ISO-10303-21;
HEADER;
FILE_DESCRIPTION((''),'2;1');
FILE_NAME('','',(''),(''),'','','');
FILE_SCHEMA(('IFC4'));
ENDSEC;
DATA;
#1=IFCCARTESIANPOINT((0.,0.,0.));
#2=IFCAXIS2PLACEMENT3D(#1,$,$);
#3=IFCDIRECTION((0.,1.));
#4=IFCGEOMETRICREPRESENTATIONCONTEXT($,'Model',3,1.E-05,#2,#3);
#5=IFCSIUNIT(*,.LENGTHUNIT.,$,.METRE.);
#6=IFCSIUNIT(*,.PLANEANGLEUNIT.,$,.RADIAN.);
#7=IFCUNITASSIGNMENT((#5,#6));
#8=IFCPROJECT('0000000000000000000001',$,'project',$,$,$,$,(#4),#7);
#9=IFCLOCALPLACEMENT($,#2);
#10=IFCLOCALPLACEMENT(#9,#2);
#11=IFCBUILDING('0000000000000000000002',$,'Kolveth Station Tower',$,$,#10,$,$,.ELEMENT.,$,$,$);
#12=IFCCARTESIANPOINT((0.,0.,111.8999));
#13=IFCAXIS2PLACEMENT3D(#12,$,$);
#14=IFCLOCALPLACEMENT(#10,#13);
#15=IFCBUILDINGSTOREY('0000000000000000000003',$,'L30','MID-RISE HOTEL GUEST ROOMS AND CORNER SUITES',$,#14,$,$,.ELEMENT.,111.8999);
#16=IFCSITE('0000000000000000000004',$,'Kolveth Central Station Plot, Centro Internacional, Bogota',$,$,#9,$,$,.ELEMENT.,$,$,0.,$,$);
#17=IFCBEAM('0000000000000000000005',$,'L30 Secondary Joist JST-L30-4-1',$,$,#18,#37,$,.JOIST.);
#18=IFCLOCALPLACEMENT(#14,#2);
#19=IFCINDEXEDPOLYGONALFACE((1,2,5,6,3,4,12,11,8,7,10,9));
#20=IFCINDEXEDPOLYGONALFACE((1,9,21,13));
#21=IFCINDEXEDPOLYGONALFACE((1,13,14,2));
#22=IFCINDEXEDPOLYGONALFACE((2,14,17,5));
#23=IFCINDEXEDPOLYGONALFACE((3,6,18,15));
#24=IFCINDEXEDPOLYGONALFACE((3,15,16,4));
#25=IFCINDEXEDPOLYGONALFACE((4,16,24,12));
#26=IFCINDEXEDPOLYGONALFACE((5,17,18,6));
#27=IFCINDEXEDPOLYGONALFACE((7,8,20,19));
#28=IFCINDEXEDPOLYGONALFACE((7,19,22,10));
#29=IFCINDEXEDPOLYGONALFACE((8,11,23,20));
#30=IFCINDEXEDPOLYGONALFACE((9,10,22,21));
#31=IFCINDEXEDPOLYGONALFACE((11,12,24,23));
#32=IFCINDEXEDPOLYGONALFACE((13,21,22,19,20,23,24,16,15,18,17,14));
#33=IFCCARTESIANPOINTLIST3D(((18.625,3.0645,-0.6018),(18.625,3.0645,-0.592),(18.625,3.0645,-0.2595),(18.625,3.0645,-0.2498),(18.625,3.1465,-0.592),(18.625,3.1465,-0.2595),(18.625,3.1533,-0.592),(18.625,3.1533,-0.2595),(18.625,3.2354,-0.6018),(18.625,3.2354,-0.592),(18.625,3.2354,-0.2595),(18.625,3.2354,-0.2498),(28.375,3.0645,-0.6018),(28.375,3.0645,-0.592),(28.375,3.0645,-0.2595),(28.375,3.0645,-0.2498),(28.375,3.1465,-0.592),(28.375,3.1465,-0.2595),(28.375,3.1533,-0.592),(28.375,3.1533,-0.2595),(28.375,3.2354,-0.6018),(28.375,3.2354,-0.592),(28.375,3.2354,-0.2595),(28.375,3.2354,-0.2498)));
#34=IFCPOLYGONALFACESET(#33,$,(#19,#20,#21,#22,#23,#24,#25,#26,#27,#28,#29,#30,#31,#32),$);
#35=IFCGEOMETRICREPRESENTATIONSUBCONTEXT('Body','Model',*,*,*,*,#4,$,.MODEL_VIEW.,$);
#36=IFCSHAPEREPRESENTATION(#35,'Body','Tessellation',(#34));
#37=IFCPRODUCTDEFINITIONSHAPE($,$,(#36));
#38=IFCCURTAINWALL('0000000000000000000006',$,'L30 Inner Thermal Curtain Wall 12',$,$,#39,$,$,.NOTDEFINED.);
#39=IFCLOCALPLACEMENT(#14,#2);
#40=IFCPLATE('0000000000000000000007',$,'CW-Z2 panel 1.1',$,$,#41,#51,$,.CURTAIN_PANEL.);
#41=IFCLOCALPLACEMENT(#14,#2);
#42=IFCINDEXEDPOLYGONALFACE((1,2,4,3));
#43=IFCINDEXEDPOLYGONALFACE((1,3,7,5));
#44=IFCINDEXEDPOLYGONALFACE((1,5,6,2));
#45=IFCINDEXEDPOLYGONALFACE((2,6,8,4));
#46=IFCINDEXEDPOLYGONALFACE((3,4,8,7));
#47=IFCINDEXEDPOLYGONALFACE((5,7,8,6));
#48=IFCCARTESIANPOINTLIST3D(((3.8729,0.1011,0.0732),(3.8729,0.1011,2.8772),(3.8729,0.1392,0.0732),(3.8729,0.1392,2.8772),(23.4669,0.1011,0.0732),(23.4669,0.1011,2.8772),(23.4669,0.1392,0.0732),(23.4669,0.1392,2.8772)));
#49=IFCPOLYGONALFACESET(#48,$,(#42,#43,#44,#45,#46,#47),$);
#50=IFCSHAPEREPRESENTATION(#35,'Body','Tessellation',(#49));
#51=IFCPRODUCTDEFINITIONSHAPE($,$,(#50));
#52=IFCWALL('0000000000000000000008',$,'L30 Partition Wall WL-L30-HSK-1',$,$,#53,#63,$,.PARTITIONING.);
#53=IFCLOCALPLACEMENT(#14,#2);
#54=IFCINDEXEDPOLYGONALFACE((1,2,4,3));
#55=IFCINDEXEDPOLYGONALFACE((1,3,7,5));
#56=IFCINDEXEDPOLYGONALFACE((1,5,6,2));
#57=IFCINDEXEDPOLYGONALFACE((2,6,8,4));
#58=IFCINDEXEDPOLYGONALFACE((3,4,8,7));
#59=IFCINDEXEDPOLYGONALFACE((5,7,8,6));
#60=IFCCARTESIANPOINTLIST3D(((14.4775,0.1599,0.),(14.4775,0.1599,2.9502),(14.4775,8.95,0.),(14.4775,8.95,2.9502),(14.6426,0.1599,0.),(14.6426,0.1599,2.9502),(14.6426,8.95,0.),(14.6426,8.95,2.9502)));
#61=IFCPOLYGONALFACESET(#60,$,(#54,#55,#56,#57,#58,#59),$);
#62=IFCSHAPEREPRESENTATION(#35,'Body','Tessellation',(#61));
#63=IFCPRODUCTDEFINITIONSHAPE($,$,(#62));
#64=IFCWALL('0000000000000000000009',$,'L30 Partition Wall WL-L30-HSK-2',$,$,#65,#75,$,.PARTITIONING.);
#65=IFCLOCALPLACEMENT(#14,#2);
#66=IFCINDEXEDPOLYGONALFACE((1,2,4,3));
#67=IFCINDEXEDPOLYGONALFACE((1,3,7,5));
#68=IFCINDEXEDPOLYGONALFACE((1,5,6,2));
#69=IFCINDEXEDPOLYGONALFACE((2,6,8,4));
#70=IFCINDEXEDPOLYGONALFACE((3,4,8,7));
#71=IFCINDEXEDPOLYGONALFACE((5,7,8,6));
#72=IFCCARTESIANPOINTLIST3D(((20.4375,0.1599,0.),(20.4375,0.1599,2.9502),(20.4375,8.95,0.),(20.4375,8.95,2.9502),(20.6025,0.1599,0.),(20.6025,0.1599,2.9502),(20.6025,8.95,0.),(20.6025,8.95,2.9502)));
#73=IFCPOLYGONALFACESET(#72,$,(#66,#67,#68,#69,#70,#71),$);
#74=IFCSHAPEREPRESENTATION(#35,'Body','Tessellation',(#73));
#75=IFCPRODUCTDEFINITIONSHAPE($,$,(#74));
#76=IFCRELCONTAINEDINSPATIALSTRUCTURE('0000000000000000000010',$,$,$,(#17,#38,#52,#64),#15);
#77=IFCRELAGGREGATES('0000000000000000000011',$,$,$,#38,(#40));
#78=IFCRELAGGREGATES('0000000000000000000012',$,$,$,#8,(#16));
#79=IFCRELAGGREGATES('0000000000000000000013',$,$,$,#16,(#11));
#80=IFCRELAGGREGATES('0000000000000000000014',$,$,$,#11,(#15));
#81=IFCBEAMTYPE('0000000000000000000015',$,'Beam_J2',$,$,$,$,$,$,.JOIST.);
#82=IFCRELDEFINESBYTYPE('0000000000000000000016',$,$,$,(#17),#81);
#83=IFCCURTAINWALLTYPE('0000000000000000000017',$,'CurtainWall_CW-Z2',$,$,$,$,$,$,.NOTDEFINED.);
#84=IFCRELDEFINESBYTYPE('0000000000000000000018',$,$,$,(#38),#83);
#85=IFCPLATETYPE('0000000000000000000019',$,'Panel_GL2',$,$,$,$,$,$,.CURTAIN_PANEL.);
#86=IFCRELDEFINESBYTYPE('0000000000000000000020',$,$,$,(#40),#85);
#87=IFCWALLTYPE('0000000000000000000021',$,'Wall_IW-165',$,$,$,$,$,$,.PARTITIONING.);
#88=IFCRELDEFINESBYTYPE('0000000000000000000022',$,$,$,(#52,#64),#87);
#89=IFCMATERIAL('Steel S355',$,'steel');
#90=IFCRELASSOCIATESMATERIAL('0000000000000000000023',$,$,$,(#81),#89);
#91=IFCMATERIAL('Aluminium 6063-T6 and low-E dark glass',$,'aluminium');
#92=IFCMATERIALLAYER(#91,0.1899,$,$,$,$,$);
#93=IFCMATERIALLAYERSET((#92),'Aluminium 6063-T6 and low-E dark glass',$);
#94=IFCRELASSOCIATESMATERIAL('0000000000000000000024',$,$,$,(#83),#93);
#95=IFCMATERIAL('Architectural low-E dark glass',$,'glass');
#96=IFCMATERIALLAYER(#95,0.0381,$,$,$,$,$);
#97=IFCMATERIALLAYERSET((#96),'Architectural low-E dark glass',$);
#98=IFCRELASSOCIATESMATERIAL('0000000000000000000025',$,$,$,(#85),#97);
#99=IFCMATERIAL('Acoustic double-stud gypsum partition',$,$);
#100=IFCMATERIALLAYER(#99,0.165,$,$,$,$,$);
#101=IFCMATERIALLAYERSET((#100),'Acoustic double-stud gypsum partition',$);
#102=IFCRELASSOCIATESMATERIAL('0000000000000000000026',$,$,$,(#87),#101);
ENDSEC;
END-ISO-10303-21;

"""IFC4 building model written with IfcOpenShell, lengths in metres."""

from ifc_helpers import new_model, si_unit, direction, frame, frame_2d, origin, origin_2d, place, context, subcontext, project, spatial, rectangle, i_section, extrude, source, transform, mapped, material, layer, layer_set, material_profile, profile_set, type_object, element, aggregate, save


model = new_model("IFC4")

# Units and contexts
model_context = context("Model", 3, precision=1e-05, world=origin(), true_north=direction((0.0, 1.0)))
body_context = subcontext(model_context, "Body", "Model", "MODEL_VIEW")
ifc_project = project(units=[si_unit("LENGTHUNIT", "METRE"), si_unit("PLANEANGLEUNIT", "RADIAN")], contexts=[model_context])

# Site, building, storey
site_placement = place(None, origin())
site = spatial("IfcSite", under=ifc_project, at=site_placement, Name="Kolveth Central Station Plot, Centro Internacional, Bogota", CompositionType="ELEMENT", RefElevation=0.0)
building_placement = place(site_placement, origin())
building = spatial("IfcBuilding", under=site, at=building_placement, Name="Kolveth Station Tower", CompositionType="ELEMENT")
storey_placement = place(building_placement, frame((0.0, 0.0, 111.8999)))
storey = spatial("IfcBuildingStorey", under=building, at=storey_placement, Name="L30", Description="MID-RISE HOTEL GUEST ROOMS AND CORNER SUITES", CompositionType="ELEMENT", Elevation=111.8999)

# Beam
ifc_material_1 = material(Name="Steel S355", Category="steel")
ifc_material_profile_1 = material_profile(ifc_material_1, i_section(OverallWidth=0.1709, OverallDepth=0.3521, WebThickness=0.0068, FlangeThickness=0.0098, at=origin_2d()), Name="W360x44")
ifc_profile_set_1 = profile_set([ifc_material_profile_1], Name="Steel S355")
beam_type_1 = type_object("IfcBeamType", Name="Beam_J2", PredefinedType="JOIST", material=ifc_profile_set_1)
shared_shape_1 = source(origin(), body_context, "Body", "SweptSolid", [
    extrude(i_section(OverallWidth=0.1709, OverallDepth=0.3521, WebThickness=0.0068, FlangeThickness=0.0098, at=origin_2d()), origin(), (0.0, 0.0, 1.0), 9.75),
])
beam_1_placement = place(storey_placement, frame((18.625, 3.1499, -0.4258), z_axis=(1.0, 0.0, 0.0), x_axis=(0.0, 1.0, 0.0)))
element("IfcBeam", 1, at=beam_1_placement, inside=storey, type_object=beam_type_1, Name="L30 Secondary Joist JST-L30-4-1", PredefinedType="JOIST", context=body_context, shape_type="MappedRepresentation", body=[
    mapped(shared_shape_1, transform((0.0, 0.0, 0.0), x_axis=(1.0, 0.0, 0.0), y_axis=(0.0, 1.0, 0.0), z_axis=(0.0, 0.0, 1.0), scale=1.0)),
])

# Curtain wall, plate
ifc_material_2 = material(Name="Aluminium 6063-T6 and low-E dark glass", Category="aluminium")
ifc_layer_1 = layer(ifc_material_2, 0.1899)
ifc_layer_set_1 = layer_set([ifc_layer_1], Name="Aluminium 6063-T6 and low-E dark glass")
curtain_wall_type = type_object("IfcCurtainWallType", Name="CurtainWall_CW-Z2", PredefinedType="NOTDEFINED", material=ifc_layer_set_1)
curtain_wall_placement = place(storey_placement, origin())
curtain_wall = element("IfcCurtainWall", 2, at=curtain_wall_placement, inside=storey, type_object=curtain_wall_type, Name="L30 Inner Thermal Curtain Wall 12", PredefinedType="NOTDEFINED")
ifc_material_3 = material(Name="Architectural low-E dark glass", Category="glass")
ifc_layer_2 = layer(ifc_material_3, 0.0381)
ifc_layer_set_2 = layer_set([ifc_layer_2], Name="Architectural low-E dark glass")
plate_type = type_object("IfcPlateType", Name="Panel_GL2", PredefinedType="CURTAIN_PANEL", material=ifc_layer_set_2)
shared_shape_2 = source(origin(), body_context, "Body", "SweptSolid", [
    extrude(rectangle(XDim=19.594, YDim=0.0381, at=origin_2d()), origin(), (0.0, 0.0, 1.0), 2.804),
])
plate_placement = place(storey_placement, frame((13.6699, 0.1201, 0.0732), z_axis=(0.0, 0.0, 1.0), x_axis=(1.0, 0.0, 0.0)))
plate = element("IfcPlate", 3, at=plate_placement, type_object=plate_type, Name="CW-Z2 panel 1.1", PredefinedType="CURTAIN_PANEL", context=body_context, shape_type="MappedRepresentation", body=[
    mapped(shared_shape_2, transform((0.0, 0.0, 0.0), x_axis=(1.0, 0.0, 0.0), y_axis=(0.0, 1.0, 0.0), z_axis=(0.0, 0.0, 1.0), scale=1.0)),
])
aggregate(curtain_wall, [plate])

# Walls
ifc_material_4 = material(Name="Acoustic double-stud gypsum partition")
ifc_layer_3 = layer(ifc_material_4, 0.165)
ifc_layer_set_3 = layer_set([ifc_layer_3], Name="Acoustic double-stud gypsum partition")
wall_type = type_object("IfcWallType", Name="Wall_IW-165", PredefinedType="PARTITIONING", material=ifc_layer_set_3)
for number, where, z_axis, x_axis, name in (
    (4, (14.5601, 0.1599, 0.0), (0.0, 0.0, 1.0), (0.0, 1.0, 0.0), "L30 Partition Wall WL-L30-HSK-1"),
    (5, (20.52, 0.1599, 0.0), (0.0, 0.0, 1.0), (0.0, 1.0, 0.0), "L30 Partition Wall WL-L30-HSK-2"),
):
    element("IfcWall", number, at=place(storey_placement, frame(where, z_axis=z_axis, x_axis=x_axis)), inside=storey, type_object=wall_type, Name=name, PredefinedType="PARTITIONING", context=body_context, shape_type="SweptSolid", body=[
        extrude(rectangle(XDim=8.79, YDim=0.165, at=frame_2d((4.395, 0.0))), origin(), (0.0, 0.0, 1.0), 2.9502),
    ])

save(model, "model.ifc")
